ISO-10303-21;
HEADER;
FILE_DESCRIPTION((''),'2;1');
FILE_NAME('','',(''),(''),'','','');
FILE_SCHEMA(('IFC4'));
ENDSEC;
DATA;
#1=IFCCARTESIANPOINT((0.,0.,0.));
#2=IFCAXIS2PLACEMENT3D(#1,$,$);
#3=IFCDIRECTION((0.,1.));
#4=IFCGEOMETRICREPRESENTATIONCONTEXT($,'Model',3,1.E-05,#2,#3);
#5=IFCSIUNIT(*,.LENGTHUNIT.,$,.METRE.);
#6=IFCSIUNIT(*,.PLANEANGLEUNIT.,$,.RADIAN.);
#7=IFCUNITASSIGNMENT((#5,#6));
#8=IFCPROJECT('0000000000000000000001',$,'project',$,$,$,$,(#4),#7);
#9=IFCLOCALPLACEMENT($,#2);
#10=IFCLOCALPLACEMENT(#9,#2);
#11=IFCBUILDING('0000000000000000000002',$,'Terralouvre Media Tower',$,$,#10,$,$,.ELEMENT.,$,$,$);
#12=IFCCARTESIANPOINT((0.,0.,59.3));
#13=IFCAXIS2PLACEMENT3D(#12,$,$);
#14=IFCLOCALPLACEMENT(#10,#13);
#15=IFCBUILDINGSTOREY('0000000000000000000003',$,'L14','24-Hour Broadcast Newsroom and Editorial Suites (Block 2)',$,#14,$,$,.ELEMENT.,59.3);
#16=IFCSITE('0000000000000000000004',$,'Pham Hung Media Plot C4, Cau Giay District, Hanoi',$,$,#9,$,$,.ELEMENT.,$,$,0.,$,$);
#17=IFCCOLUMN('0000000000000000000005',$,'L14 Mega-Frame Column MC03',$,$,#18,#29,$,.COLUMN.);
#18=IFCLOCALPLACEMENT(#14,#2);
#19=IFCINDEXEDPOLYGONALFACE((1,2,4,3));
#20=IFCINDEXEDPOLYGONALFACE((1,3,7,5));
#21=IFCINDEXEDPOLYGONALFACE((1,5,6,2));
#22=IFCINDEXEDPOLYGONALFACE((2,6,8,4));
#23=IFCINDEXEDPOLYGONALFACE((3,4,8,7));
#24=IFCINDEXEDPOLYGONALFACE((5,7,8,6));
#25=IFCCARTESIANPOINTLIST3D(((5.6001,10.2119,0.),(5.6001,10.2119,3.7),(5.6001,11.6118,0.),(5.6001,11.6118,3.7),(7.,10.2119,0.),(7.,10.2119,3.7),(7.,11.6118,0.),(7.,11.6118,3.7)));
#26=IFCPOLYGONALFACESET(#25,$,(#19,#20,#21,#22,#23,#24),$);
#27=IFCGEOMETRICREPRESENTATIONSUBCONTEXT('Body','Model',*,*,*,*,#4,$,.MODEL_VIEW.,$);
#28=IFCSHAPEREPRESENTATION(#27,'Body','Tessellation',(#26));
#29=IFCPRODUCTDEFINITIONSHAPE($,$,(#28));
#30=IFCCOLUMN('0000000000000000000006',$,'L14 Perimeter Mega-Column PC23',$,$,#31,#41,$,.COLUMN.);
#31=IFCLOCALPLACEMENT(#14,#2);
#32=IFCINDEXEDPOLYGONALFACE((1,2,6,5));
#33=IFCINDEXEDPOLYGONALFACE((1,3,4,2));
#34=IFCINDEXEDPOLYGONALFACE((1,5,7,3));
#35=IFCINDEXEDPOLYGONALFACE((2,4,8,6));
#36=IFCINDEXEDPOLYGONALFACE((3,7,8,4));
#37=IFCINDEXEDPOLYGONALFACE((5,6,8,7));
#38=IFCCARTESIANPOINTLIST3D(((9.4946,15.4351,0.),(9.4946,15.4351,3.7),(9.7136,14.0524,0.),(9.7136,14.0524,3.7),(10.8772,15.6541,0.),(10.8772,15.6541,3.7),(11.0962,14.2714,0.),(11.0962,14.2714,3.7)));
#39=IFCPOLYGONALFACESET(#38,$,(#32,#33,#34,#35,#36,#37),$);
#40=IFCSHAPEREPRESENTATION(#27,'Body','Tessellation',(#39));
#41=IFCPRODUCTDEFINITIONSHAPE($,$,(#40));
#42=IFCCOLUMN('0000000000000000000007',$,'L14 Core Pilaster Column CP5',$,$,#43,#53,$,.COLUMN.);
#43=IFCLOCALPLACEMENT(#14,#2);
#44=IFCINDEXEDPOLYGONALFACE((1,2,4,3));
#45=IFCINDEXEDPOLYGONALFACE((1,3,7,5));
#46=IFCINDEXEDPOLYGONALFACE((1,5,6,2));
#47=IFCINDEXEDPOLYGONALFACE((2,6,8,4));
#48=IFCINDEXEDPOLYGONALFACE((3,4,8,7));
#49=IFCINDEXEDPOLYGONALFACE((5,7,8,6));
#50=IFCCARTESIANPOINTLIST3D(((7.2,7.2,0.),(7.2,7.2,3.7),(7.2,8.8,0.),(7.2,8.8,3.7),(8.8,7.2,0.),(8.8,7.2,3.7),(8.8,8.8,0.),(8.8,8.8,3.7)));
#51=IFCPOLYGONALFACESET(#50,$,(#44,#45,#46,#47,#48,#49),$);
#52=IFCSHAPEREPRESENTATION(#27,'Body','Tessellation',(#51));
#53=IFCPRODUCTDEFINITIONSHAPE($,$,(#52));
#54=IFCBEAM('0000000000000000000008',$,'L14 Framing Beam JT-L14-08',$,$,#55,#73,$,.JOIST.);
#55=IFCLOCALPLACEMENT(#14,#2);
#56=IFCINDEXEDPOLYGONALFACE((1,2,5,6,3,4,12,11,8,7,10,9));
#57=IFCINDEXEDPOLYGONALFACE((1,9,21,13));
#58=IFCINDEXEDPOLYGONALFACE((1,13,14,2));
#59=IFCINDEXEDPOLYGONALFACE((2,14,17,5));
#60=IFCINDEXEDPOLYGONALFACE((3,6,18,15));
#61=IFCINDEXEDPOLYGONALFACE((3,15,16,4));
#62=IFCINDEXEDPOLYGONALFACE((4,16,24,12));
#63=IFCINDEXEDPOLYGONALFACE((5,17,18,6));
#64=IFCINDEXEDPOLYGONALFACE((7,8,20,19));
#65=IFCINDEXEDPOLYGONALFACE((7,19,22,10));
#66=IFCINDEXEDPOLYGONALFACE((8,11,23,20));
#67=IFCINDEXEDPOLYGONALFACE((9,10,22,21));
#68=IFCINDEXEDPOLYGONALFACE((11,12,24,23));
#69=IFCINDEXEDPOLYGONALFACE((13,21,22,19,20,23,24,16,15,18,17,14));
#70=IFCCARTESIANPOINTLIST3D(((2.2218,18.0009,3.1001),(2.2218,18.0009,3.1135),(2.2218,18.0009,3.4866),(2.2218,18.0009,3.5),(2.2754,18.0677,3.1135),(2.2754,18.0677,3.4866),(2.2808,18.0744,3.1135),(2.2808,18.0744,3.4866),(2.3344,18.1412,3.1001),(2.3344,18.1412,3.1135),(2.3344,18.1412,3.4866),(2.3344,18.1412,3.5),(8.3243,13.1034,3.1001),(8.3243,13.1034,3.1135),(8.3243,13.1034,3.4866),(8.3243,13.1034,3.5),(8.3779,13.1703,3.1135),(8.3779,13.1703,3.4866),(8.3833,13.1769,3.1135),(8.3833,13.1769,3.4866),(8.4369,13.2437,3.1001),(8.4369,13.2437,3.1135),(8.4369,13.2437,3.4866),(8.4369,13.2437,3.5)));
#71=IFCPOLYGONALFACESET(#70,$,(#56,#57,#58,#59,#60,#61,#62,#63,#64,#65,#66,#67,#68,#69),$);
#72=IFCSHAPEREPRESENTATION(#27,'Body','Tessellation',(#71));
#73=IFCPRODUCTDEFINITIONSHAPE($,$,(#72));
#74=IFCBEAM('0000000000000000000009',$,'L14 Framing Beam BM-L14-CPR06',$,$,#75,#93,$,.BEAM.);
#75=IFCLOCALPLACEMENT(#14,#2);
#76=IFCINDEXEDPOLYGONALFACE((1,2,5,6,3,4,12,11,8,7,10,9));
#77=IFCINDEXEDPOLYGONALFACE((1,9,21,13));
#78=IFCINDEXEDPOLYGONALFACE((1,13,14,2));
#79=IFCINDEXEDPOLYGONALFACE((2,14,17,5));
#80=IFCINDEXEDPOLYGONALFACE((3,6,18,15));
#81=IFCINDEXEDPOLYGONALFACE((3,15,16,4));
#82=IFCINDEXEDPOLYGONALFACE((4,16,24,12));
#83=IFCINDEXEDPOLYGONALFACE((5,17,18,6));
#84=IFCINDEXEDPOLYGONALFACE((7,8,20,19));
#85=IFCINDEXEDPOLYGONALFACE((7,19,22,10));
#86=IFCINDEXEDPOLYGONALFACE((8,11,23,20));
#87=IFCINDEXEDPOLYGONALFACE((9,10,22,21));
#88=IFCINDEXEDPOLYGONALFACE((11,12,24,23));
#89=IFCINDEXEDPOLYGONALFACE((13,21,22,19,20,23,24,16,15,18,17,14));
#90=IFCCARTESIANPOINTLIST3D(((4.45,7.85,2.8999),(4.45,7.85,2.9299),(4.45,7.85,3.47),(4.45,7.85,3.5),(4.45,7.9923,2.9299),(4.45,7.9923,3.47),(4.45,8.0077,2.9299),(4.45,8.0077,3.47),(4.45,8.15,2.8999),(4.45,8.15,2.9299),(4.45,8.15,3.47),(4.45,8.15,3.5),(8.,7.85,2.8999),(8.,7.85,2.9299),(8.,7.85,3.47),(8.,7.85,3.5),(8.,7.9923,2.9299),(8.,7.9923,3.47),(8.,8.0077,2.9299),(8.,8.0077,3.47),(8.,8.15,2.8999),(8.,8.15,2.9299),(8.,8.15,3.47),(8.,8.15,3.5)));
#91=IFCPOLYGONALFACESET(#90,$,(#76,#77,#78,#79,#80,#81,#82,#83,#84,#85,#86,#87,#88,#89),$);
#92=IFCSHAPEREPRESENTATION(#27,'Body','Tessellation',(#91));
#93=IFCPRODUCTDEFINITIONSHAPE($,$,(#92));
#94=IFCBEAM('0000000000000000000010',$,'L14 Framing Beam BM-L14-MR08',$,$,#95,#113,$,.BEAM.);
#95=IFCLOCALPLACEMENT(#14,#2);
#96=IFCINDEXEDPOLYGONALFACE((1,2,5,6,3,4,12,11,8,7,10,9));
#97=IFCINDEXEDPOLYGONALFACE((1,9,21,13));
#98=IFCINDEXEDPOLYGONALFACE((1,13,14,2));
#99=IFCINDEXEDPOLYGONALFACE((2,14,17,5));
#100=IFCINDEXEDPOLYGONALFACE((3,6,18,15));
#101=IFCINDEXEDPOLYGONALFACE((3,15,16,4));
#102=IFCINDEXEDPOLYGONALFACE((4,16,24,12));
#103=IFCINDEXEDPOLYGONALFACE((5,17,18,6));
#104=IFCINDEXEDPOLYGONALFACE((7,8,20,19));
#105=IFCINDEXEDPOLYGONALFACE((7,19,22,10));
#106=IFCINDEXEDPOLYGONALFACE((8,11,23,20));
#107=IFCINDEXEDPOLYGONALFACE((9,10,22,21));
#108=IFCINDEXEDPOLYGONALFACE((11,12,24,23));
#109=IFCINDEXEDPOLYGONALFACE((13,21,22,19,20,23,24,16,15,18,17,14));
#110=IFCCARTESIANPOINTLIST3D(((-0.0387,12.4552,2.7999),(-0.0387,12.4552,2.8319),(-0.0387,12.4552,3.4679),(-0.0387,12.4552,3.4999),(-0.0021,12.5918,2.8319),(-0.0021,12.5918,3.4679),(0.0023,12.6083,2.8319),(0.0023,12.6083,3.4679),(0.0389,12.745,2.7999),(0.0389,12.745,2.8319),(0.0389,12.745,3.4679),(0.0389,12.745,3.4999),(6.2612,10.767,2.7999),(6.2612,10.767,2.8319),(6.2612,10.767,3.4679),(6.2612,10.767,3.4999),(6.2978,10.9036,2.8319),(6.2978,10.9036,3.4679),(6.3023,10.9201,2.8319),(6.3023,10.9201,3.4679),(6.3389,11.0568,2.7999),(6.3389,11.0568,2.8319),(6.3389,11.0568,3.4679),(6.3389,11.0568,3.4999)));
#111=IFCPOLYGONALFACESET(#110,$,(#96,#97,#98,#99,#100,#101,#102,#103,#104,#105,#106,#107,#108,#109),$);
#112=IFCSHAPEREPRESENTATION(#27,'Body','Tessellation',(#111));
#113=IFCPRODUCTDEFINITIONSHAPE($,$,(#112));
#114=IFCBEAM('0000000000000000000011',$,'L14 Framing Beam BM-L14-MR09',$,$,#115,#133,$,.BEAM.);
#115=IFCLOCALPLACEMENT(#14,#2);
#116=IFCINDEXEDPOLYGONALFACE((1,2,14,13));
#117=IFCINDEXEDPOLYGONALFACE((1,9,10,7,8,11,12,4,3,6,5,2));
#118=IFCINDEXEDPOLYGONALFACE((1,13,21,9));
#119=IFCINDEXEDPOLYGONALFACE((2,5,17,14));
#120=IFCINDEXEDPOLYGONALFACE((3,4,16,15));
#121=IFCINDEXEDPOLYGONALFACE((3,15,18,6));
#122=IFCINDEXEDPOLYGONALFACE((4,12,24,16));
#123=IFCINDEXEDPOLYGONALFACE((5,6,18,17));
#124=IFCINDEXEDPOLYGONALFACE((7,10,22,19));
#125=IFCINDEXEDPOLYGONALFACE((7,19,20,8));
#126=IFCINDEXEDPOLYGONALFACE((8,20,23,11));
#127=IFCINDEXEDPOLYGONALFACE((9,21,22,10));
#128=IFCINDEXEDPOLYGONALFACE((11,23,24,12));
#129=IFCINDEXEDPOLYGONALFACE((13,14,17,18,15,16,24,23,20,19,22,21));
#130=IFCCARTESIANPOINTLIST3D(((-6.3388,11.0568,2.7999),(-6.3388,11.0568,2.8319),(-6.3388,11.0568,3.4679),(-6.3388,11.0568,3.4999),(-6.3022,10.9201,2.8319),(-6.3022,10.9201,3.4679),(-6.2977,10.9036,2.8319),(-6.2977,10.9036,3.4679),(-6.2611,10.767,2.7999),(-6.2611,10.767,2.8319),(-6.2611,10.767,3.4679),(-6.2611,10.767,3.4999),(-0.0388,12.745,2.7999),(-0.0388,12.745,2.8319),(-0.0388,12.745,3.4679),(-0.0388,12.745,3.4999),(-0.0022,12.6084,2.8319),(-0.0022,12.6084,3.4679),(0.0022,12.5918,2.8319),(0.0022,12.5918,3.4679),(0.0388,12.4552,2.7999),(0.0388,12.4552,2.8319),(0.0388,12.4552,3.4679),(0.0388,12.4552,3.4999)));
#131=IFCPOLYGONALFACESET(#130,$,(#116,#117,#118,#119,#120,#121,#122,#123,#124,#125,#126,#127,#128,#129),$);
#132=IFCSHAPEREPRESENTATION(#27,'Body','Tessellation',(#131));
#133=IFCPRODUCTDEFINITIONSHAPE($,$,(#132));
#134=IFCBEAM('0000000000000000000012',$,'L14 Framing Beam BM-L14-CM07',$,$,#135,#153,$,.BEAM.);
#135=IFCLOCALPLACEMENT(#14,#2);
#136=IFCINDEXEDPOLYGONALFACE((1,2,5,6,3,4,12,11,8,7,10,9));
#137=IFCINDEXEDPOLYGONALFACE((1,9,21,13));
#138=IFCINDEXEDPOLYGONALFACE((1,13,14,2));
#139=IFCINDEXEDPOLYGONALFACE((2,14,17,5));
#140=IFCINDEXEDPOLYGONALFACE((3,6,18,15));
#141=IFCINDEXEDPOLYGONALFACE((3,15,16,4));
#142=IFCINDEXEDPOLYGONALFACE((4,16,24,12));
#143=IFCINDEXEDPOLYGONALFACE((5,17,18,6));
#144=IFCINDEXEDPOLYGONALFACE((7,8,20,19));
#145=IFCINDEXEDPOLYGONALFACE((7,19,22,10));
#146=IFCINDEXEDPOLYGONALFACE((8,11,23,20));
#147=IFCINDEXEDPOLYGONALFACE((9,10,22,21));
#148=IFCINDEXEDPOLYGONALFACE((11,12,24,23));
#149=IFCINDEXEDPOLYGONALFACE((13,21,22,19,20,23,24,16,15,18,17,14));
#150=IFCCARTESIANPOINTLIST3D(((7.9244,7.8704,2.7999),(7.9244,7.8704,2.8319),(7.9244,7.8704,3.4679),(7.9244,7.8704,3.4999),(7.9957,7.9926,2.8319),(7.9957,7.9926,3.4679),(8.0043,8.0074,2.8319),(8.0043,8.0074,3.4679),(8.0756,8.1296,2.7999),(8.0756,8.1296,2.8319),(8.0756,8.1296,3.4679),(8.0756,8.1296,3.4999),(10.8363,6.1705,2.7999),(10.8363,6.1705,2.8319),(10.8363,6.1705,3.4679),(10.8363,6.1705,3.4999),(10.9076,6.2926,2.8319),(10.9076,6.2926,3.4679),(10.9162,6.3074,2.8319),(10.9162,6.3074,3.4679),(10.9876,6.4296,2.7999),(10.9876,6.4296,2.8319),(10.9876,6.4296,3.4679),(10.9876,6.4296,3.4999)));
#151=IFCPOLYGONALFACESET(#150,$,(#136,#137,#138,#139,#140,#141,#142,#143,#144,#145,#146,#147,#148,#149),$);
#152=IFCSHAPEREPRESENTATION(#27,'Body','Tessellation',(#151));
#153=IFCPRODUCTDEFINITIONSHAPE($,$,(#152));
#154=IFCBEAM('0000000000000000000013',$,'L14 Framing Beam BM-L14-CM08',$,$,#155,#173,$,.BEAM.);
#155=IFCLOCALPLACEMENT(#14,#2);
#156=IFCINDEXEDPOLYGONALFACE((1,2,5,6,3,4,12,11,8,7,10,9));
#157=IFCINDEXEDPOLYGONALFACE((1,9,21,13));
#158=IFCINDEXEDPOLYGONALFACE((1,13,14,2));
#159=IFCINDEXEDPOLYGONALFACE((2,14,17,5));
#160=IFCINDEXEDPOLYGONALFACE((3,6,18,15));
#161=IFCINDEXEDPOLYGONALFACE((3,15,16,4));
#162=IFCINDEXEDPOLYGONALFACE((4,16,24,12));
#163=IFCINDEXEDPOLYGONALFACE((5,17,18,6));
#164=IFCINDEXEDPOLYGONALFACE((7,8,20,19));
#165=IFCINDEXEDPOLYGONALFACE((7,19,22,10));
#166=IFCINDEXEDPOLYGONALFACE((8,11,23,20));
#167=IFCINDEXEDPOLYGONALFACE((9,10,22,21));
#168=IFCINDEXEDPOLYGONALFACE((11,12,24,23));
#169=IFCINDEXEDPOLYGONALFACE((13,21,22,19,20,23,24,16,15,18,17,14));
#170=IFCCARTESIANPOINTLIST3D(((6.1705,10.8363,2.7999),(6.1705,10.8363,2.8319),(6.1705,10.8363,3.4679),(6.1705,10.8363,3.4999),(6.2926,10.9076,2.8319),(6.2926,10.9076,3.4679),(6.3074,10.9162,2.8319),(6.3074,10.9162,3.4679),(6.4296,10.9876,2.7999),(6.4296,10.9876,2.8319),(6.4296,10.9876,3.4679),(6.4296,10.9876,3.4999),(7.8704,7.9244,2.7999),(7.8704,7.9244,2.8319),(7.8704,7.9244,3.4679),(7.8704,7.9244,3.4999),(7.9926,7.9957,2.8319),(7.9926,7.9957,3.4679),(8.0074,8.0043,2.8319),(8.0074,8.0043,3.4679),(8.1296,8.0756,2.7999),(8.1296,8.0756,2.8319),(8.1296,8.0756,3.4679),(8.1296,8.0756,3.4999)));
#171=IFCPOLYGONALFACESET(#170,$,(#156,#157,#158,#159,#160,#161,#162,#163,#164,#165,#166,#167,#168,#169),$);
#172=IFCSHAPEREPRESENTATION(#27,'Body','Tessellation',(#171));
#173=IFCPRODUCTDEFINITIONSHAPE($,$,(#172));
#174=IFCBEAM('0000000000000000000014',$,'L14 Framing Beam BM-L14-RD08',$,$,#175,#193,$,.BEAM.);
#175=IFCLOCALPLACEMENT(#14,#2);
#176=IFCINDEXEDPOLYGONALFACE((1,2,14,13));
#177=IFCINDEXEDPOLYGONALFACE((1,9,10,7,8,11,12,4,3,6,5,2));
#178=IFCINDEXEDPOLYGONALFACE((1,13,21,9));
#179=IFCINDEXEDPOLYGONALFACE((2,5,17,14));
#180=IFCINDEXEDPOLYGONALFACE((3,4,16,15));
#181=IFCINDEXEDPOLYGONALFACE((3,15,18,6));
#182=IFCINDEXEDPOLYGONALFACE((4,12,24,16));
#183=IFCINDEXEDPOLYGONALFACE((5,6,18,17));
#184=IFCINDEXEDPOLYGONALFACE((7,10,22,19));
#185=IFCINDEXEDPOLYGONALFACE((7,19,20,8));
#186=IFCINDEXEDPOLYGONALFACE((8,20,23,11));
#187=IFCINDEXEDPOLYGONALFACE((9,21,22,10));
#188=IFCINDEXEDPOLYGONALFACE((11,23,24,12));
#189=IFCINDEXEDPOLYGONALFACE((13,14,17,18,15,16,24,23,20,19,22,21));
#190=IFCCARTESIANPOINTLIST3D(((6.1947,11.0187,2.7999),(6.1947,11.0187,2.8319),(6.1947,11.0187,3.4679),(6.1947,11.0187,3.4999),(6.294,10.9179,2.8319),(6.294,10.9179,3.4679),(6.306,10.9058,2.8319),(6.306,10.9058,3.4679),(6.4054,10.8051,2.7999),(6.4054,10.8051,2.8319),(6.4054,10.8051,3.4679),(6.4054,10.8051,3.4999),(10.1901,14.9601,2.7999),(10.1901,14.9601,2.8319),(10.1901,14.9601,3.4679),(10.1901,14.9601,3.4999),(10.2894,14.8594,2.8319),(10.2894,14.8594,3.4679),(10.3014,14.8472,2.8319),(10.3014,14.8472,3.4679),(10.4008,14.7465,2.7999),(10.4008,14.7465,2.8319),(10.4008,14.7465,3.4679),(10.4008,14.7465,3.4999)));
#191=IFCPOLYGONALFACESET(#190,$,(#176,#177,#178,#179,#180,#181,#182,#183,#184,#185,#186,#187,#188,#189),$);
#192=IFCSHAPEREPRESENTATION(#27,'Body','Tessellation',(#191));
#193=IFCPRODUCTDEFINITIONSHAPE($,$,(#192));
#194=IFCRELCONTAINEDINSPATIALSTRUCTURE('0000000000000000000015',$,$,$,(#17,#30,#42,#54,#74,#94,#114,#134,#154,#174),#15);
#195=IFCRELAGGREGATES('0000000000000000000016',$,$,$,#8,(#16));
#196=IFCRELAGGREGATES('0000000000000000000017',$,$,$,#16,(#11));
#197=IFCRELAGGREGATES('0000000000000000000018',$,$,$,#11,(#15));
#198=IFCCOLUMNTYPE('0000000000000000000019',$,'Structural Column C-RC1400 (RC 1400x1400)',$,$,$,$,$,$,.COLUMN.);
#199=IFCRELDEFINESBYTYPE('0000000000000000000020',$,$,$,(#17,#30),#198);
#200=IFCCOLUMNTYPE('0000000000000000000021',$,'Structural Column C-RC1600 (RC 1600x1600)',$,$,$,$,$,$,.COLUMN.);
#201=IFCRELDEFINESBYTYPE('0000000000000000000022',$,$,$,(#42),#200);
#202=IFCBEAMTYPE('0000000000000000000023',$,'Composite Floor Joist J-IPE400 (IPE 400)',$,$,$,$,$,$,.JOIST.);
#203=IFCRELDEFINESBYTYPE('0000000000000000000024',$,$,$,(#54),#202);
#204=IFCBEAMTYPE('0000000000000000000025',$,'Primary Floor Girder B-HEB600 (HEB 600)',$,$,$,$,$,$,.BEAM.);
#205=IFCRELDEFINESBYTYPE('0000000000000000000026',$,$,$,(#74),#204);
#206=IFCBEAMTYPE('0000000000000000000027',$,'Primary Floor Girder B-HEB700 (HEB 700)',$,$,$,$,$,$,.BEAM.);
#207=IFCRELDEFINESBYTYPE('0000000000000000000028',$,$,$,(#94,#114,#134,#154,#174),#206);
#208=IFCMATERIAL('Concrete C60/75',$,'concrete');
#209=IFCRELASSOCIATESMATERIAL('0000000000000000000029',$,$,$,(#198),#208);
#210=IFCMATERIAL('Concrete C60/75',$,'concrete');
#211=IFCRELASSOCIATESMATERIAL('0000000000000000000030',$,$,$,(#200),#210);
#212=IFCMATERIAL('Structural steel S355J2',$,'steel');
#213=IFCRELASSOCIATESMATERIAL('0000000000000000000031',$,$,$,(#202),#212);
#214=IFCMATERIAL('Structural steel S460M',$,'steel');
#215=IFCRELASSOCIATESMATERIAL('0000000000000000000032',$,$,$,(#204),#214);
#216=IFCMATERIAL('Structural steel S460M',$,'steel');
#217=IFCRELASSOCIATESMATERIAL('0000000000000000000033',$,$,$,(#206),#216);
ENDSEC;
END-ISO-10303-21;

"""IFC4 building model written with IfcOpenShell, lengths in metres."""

from ifc_helpers import new_model, si_unit, direction, frame, origin, origin_2d, place, context, subcontext, project, spatial, rectangle, i_section, extrude, material, material_profile, profile_set, type_object, element, save


model = new_model("IFC4")

# Units and contexts
model_context = context("Model", 3, precision=1e-05, world=origin(), true_north=direction((0.0, 1.0)))
body_context = subcontext(model_context, "Body", "Model", "MODEL_VIEW")
ifc_project = project(units=[si_unit("LENGTHUNIT", "METRE"), si_unit("PLANEANGLEUNIT", "RADIAN")], contexts=[model_context])

# Site, building, storey
site_placement = place(None, origin())
site = spatial("IfcSite", under=ifc_project, at=site_placement, Name="Pham Hung Media Plot C4, Cau Giay District, Hanoi", CompositionType="ELEMENT", RefElevation=0.0)
building_placement = place(site_placement, origin())
building = spatial("IfcBuilding", under=site, at=building_placement, Name="Terralouvre Media Tower", CompositionType="ELEMENT")
storey_placement = place(building_placement, frame((0.0, 0.0, 59.3)))
storey = spatial("IfcBuildingStorey", under=building, at=storey_placement, Name="L14", Description="24-Hour Broadcast Newsroom and Editorial Suites (Block 2)", CompositionType="ELEMENT", Elevation=59.3)

# Columns
ifc_material_1 = material(Name="Concrete C60/75", Category="concrete")
ifc_material_profile_1 = material_profile(ifc_material_1, rectangle(XDim=1.3999, YDim=1.3999, at=origin_2d()), Name="RC 1400x1400")
ifc_profile_set_1 = profile_set([ifc_material_profile_1], Name="Concrete C60/75")
column_type_1 = type_object("IfcColumnType", Name="Structural Column C-RC1400 (RC 1400x1400)", PredefinedType="COLUMN", material=ifc_profile_set_1)
for number, where, z_axis, x_axis, name in (
    (1, (6.3, 10.9119, 0.0), (0.0, 0.0, 1.0), (1.0, 0.0, 0.0), "L14 Mega-Frame Column MC03"),
    (2, (10.2954, 14.8533, 0.0), (0.0, 0.0, 1.0), (0.987688, 0.156434, 0.0), "L14 Perimeter Mega-Column PC23"),
):
    element("IfcColumn", number, at=place(storey_placement, frame(where, z_axis=z_axis, x_axis=x_axis)), inside=storey, type_object=column_type_1, Name=name, PredefinedType="COLUMN", context=body_context, shape_type="SweptSolid", body=[
        extrude(rectangle(XDim=1.3999, YDim=1.3999, at=origin_2d()), origin(), (0.0, 0.0, 1.0), 3.7),
    ])
ifc_material_2 = material(Name="Concrete C60/75", Category="concrete")
ifc_material_profile_2 = material_profile(ifc_material_2, rectangle(XDim=1.6001, YDim=1.6001, at=origin_2d()), Name="RC 1600x1600")
ifc_profile_set_2 = profile_set([ifc_material_profile_2], Name="Concrete C60/75")
column_type_2 = type_object("IfcColumnType", Name="Structural Column C-RC1600 (RC 1600x1600)", PredefinedType="COLUMN", material=ifc_profile_set_2)
column_placement = place(storey_placement, frame((8.0, 8.0, 0.0), z_axis=(0.0, 0.0, 1.0), x_axis=(1.0, 0.0, 0.0)))
element("IfcColumn", 3, at=column_placement, inside=storey, type_object=column_type_2, Name="L14 Core Pilaster Column CP5", PredefinedType="COLUMN", context=body_context, shape_type="SweptSolid", body=[
    extrude(rectangle(XDim=1.6001, YDim=1.6001, at=origin_2d()), origin(), (0.0, 0.0, 1.0), 3.7),
])

# Beams
ifc_material_3 = material(Name="Structural steel S355J2", Category="steel")
ifc_material_profile_3 = material_profile(ifc_material_3, i_section(OverallWidth=0.1799, OverallDepth=0.3999, WebThickness=0.0085, FlangeThickness=0.0134, at=origin_2d()), Name="IPE 400")
ifc_profile_set_3 = profile_set([ifc_material_profile_3], Name="Structural steel S355J2")
beam_type_1 = type_object("IfcBeamType", Name="Composite Floor Joist J-IPE400 (IPE 400)", PredefinedType="JOIST", material=ifc_profile_set_3)
beam_1_placement = place(storey_placement, frame((8.3806, 13.1736, 3.3), z_axis=(-0.779906, 0.625897, 0.0), x_axis=(-0.625897, -0.779906, 0.0)))
element("IfcBeam", 4, at=beam_1_placement, inside=storey, type_object=beam_type_1, Name="L14 Framing Beam JT-L14-08", PredefinedType="JOIST", context=body_context, shape_type="SweptSolid", body=[
    extrude(i_section(OverallWidth=0.1799, OverallDepth=0.3999, WebThickness=0.0085, FlangeThickness=0.0134, at=origin_2d()), origin(), (0.0, 0.0, 1.0), 7.8247),
])
ifc_material_4 = material(Name="Structural steel S460M", Category="steel")
ifc_material_profile_4 = material_profile(ifc_material_4, i_section(OverallWidth=0.3, OverallDepth=0.6001, WebThickness=0.0154, FlangeThickness=0.03, at=origin_2d()), Name="HEB 600")
ifc_profile_set_4 = profile_set([ifc_material_profile_4], Name="Structural steel S460M")
beam_type_2 = type_object("IfcBeamType", Name="Primary Floor Girder B-HEB600 (HEB 600)", PredefinedType="BEAM", material=ifc_profile_set_4)
beam_2_placement = place(storey_placement, frame((8.0, 8.0, 3.2), z_axis=(-1.0, 0.0, 0.0), x_axis=(0.0, -1.0, 0.0)))
element("IfcBeam", 5, at=beam_2_placement, inside=storey, type_object=beam_type_2, Name="L14 Framing Beam BM-L14-CPR06", PredefinedType="BEAM", context=body_context, shape_type="SweptSolid", body=[
    extrude(i_section(OverallWidth=0.3, OverallDepth=0.6001, WebThickness=0.0154, FlangeThickness=0.03, at=origin_2d()), origin(), (0.0, 0.0, 1.0), 3.55),
])
ifc_material_5 = material(Name="Structural steel S460M", Category="steel")
ifc_material_profile_5 = material_profile(ifc_material_5, i_section(OverallWidth=0.3, OverallDepth=0.7, WebThickness=0.0171, FlangeThickness=0.032, at=origin_2d()), Name="HEB 700")
ifc_profile_set_5 = profile_set([ifc_material_profile_5], Name="Structural steel S460M")
beam_type_3 = type_object("IfcBeamType", Name="Primary Floor Girder B-HEB700 (HEB 700)", PredefinedType="BEAM", material=ifc_profile_set_5)
for number, where, z_axis, x_axis, name in (
    (6, (6.3, 10.9119, 3.1499), (-0.96592, 0.258839, 0.0), (-0.258839, -0.96592, 0.0), "L14 Framing Beam BM-L14-MR08"),
    (7, (0.0, 12.6001, 3.1499), (-0.96592, -0.258839, 0.0), (0.258839, -0.96592, 0.0), "L14 Framing Beam BM-L14-MR09"),
):
    element("IfcBeam", number, at=place(storey_placement, frame(where, z_axis=z_axis, x_axis=x_axis)), inside=storey, type_object=beam_type_3, Name=name, PredefinedType="BEAM", context=body_context, shape_type="SweptSolid", body=[
        extrude(i_section(OverallWidth=0.3, OverallDepth=0.7, WebThickness=0.0171, FlangeThickness=0.032, at=origin_2d()), origin(), (0.0, 0.0, 1.0), 6.5222),
    ])
for number, where, z_axis, x_axis, name in (
    (8, (8.0, 8.0, 3.1499), (0.863603, -0.504173, 0.0), (0.504173, 0.863603, 0.0), "L14 Framing Beam BM-L14-CM07"),
    (9, (8.0, 8.0, 3.1499), (-0.504173, 0.863603, 0.0), (-0.863603, -0.504173, 0.0), "L14 Framing Beam BM-L14-CM08"),
):
    element("IfcBeam", number, at=place(storey_placement, frame(where, z_axis=z_axis, x_axis=x_axis)), inside=storey, type_object=beam_type_3, Name=name, PredefinedType="BEAM", context=body_context, shape_type="SweptSolid", body=[
        extrude(i_section(OverallWidth=0.3, OverallDepth=0.7, WebThickness=0.0171, FlangeThickness=0.032, at=origin_2d()), origin(), (0.0, 0.0, 1.0), 3.3718),
    ])
beam_3_placement = place(storey_placement, frame((6.3, 10.9119, 3.1499), z_axis=(0.711897, 0.702284, 0.0), x_axis=(-0.702284, 0.711897, 0.0)))
element("IfcBeam", 10, at=beam_3_placement, inside=storey, type_object=beam_type_3, Name="L14 Framing Beam BM-L14-RD08", PredefinedType="BEAM", context=body_context, shape_type="SweptSolid", body=[
    extrude(i_section(OverallWidth=0.3, OverallDepth=0.7, WebThickness=0.0171, FlangeThickness=0.032, at=origin_2d()), origin(), (0.0, 0.0, 1.0), 5.6123),
])

save(model, "model.ifc")
